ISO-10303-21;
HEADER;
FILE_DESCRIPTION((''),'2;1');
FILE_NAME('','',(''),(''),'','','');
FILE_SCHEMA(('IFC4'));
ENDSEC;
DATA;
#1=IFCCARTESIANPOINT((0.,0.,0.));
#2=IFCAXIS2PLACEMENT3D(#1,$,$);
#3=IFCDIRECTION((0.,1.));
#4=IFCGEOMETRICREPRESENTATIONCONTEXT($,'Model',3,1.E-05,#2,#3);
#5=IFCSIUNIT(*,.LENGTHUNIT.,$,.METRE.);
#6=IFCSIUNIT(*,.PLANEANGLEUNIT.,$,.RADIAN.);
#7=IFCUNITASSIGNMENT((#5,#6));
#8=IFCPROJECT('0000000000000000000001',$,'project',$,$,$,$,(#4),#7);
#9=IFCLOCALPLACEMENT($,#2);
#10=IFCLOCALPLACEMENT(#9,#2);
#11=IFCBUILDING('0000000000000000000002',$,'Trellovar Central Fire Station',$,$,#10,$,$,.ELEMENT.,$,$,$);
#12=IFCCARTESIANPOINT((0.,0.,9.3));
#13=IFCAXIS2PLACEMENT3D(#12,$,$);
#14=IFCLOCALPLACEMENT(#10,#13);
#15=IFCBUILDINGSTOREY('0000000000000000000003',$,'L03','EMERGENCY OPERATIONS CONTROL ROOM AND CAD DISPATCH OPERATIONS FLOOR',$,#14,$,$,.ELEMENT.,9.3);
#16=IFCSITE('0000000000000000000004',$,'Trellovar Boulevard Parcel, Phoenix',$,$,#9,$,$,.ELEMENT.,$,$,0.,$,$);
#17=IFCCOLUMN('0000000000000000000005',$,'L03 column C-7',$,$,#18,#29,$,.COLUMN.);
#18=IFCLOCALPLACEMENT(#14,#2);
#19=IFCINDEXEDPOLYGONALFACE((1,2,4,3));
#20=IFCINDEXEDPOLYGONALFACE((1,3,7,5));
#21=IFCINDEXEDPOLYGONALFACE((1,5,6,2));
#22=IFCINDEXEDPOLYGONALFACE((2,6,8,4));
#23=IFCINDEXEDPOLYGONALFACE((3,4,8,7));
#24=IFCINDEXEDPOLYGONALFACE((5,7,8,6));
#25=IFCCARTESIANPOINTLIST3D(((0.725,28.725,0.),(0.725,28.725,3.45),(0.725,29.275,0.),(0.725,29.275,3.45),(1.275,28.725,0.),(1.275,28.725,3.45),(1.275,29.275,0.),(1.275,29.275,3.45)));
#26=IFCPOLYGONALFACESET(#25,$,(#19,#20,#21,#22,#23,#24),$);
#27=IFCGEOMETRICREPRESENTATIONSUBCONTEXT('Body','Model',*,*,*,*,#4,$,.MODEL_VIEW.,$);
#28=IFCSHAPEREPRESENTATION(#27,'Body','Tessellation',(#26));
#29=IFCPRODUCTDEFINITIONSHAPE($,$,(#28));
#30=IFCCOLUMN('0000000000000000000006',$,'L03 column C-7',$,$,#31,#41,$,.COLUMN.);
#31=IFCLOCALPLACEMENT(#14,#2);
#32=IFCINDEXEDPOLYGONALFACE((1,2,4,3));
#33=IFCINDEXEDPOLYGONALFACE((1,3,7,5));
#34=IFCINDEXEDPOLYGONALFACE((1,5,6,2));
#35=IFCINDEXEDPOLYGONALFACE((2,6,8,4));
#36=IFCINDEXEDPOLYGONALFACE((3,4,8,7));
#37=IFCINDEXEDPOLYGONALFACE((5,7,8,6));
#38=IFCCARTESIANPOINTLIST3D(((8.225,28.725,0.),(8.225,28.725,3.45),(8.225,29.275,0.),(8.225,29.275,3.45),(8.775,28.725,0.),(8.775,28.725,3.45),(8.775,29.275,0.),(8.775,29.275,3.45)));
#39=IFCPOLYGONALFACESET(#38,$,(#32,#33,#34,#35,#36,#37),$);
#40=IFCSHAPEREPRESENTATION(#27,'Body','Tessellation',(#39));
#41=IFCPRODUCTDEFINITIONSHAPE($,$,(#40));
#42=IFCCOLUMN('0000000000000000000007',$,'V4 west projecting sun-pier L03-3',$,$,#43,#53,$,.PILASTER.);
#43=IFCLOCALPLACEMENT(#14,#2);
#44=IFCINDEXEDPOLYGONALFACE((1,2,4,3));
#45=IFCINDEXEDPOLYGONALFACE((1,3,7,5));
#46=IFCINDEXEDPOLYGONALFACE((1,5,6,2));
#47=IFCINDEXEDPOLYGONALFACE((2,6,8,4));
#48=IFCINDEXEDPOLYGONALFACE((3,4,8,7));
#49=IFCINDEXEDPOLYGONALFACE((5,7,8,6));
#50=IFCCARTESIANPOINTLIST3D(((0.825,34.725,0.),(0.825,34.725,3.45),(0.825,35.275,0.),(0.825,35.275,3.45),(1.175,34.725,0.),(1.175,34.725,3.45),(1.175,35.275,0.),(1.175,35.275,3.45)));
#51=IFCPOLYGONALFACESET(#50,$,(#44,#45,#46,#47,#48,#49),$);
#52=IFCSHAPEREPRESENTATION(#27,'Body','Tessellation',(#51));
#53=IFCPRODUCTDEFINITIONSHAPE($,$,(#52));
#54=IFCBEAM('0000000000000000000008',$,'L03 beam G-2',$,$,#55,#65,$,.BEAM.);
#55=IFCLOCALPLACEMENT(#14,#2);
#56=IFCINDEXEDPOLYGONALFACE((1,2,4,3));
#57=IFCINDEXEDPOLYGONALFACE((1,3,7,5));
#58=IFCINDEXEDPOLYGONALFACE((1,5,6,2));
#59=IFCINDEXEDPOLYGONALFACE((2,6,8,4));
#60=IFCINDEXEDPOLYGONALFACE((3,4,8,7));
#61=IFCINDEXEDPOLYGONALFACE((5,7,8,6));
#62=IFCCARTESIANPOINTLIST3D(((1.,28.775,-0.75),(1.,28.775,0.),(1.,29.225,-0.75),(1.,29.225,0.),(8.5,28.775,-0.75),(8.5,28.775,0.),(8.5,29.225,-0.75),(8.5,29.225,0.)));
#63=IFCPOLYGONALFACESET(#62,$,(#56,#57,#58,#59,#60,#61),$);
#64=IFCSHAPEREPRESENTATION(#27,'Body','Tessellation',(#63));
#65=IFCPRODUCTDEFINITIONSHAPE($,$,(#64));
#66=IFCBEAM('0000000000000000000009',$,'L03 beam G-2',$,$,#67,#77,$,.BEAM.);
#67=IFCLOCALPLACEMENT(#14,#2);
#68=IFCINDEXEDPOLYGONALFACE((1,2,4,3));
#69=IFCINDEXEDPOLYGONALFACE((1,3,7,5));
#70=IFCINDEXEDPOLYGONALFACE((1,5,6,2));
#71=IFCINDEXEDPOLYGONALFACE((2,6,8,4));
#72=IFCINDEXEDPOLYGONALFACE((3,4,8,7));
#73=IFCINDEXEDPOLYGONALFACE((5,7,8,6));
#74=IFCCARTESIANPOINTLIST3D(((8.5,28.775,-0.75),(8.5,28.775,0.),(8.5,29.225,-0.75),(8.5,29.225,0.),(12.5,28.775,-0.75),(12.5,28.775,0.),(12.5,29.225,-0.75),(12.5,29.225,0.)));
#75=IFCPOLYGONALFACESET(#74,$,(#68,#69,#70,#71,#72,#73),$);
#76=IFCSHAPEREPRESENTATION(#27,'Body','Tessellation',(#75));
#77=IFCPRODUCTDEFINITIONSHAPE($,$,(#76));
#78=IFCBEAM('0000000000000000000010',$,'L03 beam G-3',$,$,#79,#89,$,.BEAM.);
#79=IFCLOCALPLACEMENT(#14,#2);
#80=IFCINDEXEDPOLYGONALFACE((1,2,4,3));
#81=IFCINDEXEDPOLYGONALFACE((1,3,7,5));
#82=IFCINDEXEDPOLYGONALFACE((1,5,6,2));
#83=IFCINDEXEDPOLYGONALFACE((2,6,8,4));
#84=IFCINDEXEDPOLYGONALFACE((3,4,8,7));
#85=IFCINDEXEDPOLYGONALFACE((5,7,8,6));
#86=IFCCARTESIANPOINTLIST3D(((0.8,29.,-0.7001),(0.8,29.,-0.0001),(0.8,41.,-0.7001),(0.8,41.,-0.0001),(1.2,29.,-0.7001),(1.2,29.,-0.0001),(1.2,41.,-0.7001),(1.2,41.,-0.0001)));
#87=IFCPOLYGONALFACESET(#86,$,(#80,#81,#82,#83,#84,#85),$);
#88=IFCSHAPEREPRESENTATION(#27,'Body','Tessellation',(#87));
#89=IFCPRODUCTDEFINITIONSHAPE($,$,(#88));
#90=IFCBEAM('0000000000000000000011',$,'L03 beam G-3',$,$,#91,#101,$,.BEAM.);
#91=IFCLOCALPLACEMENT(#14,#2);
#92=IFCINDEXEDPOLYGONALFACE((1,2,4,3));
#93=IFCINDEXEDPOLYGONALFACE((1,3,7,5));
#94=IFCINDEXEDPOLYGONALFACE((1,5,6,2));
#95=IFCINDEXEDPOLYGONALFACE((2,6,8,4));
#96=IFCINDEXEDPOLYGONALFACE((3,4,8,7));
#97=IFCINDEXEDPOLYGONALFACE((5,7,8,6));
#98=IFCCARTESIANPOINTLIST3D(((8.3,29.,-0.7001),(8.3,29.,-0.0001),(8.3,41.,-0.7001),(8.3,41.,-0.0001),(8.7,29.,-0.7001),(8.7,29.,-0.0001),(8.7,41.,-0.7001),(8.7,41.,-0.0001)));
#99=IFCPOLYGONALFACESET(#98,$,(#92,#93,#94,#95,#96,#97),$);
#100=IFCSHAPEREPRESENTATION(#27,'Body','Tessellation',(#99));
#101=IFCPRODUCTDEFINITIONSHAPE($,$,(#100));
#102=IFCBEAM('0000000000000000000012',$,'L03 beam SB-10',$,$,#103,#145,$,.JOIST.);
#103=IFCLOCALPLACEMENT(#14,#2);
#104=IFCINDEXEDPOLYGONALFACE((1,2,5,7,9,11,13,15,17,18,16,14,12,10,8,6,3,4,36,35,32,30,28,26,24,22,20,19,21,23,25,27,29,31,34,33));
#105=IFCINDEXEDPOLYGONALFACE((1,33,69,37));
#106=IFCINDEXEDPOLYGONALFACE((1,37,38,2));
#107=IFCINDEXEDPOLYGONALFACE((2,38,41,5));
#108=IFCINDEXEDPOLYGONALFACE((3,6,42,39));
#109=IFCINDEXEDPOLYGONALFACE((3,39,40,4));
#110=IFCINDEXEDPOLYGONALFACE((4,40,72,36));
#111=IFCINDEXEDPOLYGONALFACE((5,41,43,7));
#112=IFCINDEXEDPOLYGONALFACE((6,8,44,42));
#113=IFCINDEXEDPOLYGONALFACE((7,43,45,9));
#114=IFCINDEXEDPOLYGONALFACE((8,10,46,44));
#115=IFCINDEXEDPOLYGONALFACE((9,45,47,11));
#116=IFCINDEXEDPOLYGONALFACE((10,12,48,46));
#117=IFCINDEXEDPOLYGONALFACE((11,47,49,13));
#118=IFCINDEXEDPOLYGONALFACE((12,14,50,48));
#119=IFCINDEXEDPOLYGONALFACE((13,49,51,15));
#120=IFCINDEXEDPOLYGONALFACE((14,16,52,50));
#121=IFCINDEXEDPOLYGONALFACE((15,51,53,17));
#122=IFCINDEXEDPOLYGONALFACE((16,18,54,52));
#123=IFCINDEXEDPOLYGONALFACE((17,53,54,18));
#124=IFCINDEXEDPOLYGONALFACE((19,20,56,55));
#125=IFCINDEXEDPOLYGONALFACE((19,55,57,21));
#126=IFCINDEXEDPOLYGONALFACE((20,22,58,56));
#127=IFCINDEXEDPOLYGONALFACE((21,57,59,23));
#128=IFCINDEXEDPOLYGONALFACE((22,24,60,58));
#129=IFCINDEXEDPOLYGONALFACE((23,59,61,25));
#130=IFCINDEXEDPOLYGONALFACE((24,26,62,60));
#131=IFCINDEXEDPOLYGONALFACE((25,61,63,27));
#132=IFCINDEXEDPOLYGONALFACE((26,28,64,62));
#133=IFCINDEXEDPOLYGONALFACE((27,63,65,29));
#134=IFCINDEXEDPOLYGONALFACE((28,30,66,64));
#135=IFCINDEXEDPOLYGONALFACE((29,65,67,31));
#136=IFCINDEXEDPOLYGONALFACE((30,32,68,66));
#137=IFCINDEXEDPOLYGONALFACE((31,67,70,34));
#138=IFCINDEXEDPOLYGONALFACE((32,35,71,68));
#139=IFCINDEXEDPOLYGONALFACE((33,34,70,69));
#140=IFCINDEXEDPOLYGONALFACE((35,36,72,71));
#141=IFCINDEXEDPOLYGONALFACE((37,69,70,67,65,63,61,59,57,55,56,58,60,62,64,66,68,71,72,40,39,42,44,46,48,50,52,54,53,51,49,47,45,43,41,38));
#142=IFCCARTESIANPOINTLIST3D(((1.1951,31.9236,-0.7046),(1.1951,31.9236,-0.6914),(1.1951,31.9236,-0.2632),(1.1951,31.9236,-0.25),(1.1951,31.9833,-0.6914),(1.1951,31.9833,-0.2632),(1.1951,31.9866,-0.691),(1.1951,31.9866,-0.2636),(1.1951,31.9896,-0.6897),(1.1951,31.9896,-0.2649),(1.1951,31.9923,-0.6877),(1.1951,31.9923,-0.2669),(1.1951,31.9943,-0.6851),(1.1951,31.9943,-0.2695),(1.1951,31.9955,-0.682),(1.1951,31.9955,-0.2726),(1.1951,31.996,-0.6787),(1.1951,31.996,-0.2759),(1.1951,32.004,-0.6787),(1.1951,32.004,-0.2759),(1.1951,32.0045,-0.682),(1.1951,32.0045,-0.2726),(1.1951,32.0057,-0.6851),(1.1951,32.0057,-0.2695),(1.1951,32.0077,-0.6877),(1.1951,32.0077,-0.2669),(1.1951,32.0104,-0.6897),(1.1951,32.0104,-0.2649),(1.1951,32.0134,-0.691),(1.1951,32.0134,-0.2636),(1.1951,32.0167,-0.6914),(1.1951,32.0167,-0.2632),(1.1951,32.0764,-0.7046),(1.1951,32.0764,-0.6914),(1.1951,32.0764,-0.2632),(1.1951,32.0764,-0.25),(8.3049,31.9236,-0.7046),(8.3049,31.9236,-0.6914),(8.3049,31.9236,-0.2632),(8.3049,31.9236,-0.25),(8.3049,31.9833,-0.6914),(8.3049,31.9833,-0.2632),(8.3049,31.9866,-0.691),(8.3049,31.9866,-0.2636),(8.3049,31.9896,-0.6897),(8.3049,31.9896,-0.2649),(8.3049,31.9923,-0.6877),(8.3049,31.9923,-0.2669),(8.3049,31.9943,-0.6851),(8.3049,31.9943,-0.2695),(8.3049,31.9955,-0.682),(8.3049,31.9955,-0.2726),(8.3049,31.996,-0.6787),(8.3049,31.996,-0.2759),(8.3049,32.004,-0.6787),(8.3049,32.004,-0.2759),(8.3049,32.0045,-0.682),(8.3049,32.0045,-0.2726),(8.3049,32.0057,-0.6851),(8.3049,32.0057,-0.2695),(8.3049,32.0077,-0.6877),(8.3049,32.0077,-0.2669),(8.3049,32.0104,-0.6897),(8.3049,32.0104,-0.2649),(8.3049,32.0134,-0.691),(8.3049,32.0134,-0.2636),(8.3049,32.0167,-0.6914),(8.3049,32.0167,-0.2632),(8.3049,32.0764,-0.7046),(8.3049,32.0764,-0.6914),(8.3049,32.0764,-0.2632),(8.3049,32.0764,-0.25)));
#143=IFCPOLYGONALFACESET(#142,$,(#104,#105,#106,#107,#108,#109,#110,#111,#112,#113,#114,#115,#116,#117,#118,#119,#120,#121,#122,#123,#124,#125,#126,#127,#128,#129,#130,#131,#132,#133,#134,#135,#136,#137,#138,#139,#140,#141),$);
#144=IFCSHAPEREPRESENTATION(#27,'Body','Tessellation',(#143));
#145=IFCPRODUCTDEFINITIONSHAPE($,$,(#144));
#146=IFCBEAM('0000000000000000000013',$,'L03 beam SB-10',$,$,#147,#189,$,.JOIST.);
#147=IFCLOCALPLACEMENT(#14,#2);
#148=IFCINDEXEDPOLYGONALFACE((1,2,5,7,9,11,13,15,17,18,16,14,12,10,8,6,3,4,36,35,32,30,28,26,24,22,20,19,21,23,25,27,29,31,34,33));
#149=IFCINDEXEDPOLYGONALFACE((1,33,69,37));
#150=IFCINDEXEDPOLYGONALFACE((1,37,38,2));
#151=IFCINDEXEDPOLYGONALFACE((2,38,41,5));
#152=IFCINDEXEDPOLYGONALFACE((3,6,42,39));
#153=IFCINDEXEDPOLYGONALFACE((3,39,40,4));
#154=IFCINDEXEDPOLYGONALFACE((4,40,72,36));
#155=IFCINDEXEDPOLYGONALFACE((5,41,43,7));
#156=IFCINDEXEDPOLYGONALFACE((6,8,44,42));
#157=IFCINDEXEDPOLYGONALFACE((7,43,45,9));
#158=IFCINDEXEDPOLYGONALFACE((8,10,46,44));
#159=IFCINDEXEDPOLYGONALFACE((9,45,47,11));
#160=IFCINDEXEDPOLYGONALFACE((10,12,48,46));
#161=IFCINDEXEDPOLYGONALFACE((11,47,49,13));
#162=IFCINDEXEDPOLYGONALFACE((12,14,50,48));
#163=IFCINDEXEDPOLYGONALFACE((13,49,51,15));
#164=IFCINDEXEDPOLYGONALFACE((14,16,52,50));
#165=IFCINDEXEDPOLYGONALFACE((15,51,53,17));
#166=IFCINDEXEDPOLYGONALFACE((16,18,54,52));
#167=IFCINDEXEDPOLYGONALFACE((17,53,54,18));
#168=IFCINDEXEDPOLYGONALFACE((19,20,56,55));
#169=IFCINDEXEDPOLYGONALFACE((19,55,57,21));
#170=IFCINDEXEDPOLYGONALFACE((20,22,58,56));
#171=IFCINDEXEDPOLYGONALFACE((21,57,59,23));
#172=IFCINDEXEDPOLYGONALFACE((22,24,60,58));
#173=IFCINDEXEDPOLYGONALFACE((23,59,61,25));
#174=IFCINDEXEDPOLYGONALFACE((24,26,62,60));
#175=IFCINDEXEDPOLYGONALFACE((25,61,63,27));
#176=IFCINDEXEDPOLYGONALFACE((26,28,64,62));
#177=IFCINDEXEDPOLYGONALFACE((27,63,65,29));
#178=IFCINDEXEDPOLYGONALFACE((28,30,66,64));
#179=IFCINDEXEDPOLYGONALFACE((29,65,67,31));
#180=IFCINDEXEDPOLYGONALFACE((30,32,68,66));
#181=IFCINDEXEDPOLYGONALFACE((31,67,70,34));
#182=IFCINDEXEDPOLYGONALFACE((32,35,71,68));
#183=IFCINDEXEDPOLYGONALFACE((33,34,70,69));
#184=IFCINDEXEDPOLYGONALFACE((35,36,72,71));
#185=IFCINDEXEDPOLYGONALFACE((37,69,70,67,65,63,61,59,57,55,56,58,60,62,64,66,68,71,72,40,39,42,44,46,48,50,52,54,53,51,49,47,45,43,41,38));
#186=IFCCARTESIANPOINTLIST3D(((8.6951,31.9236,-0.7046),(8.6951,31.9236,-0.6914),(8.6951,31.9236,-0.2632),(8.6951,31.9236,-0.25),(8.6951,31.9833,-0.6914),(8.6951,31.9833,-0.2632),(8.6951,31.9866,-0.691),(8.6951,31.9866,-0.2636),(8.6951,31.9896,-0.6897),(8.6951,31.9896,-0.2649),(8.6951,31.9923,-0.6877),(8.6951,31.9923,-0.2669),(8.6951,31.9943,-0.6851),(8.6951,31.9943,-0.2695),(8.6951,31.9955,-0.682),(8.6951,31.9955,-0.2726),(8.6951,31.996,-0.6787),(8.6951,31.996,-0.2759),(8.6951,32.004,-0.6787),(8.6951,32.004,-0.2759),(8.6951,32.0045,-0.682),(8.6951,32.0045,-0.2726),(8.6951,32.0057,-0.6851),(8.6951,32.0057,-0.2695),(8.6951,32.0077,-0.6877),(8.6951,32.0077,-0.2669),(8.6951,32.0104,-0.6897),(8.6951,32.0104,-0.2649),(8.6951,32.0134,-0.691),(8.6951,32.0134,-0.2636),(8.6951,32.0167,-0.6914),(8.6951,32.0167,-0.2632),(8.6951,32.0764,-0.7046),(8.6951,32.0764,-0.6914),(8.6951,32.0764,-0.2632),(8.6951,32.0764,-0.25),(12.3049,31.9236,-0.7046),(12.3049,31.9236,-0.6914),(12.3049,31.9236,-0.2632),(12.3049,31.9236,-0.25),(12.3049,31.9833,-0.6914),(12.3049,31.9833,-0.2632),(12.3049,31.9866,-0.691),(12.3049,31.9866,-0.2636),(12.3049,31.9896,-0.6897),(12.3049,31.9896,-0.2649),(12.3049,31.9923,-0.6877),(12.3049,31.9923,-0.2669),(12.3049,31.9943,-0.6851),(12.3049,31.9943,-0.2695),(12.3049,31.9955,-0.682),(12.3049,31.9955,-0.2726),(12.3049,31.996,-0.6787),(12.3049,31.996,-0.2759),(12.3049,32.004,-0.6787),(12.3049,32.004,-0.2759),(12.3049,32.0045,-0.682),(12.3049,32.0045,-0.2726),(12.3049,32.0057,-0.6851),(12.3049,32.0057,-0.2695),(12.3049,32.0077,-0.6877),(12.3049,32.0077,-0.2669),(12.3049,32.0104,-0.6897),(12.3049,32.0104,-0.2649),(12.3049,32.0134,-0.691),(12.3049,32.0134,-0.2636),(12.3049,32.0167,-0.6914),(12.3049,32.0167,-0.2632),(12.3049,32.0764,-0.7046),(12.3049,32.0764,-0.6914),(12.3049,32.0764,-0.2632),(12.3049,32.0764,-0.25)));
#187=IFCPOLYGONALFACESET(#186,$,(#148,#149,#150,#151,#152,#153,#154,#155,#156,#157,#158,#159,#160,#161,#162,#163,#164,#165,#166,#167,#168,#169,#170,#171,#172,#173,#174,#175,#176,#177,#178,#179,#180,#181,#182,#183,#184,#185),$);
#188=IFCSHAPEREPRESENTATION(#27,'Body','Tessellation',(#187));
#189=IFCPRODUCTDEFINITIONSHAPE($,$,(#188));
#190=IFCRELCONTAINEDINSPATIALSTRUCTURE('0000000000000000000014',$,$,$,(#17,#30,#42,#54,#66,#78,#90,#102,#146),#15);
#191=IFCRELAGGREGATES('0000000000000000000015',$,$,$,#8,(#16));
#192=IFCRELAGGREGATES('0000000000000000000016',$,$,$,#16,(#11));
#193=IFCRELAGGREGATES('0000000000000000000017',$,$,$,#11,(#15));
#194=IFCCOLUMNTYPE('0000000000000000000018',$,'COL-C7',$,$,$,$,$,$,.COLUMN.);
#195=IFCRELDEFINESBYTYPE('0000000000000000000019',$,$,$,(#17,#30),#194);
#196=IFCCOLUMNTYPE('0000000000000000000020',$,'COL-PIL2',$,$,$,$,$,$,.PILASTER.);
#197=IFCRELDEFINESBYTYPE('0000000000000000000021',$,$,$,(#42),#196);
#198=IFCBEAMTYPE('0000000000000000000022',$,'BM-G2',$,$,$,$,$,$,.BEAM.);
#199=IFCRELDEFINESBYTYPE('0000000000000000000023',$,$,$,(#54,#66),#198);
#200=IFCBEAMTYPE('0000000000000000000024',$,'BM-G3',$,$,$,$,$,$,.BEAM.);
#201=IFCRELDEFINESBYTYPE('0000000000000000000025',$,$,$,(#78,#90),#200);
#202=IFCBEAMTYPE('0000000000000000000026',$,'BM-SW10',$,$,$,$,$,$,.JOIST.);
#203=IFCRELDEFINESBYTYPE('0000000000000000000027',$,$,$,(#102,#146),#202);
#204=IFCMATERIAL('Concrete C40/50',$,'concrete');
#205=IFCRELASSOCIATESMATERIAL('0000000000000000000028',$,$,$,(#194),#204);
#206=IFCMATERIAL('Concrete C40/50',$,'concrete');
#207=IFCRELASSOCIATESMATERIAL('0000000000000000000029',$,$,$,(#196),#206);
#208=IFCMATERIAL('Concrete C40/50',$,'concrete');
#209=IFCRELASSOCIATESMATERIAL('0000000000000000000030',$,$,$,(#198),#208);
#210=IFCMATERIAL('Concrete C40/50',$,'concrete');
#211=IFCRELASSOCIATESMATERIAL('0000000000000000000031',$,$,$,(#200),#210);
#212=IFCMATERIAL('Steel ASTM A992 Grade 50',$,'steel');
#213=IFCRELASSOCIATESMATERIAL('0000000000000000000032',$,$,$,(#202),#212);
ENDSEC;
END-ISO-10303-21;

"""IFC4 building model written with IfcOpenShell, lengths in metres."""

from ifc_helpers import new_model, si_unit, direction, frame, origin, origin_2d, place, context, subcontext, project, spatial, rectangle, i_section, extrude, material, material_profile, profile_set, type_object, element, save


model = new_model("IFC4")

# Units and contexts
model_context = context("Model", 3, precision=1e-05, world=origin(), true_north=direction((0.0, 1.0)))
body_context = subcontext(model_context, "Body", "Model", "MODEL_VIEW")
ifc_project = project(units=[si_unit("LENGTHUNIT", "METRE"), si_unit("PLANEANGLEUNIT", "RADIAN")], contexts=[model_context])

# Site, building, storey
site_placement = place(None, origin())
site = spatial("IfcSite", under=ifc_project, at=site_placement, Name="Trellovar Boulevard Parcel, Phoenix", CompositionType="ELEMENT", RefElevation=0.0)
building_placement = place(site_placement, origin())
building = spatial("IfcBuilding", under=site, at=building_placement, Name="Trellovar Central Fire Station", CompositionType="ELEMENT")
storey_placement = place(building_placement, frame((0.0, 0.0, 9.3)))
storey = spatial("IfcBuildingStorey", under=building, at=storey_placement, Name="L03", Description="EMERGENCY OPERATIONS CONTROL ROOM AND CAD DISPATCH OPERATIONS FLOOR", CompositionType="ELEMENT", Elevation=9.3)

# Columns
ifc_material_1 = material(Name="Concrete C40/50", Category="concrete")
ifc_material_profile_1 = material_profile(ifc_material_1, rectangle(XDim=0.55, YDim=0.55, at=origin_2d()), Name="RC550X550")
ifc_profile_set_1 = profile_set([ifc_material_profile_1], Name="Concrete C40/50")
column_type_1 = type_object("IfcColumnType", Name="COL-C7", PredefinedType="COLUMN", material=ifc_profile_set_1)
for number, where, z_axis, x_axis, name in (
    (1, (1.0, 29.0, 0.0), (0.0, 0.0, 1.0), (1.0, 0.0, 0.0), "L03 column C-7"),
    (2, (8.5, 29.0, 0.0), (0.0, 0.0, 1.0), (1.0, 0.0, 0.0), "L03 column C-7"),
):
    element("IfcColumn", number, at=place(storey_placement, frame(where, z_axis=z_axis, x_axis=x_axis)), inside=storey, type_object=column_type_1, Name=name, PredefinedType="COLUMN", context=body_context, shape_type="SweptSolid", body=[
        extrude(rectangle(XDim=0.55, YDim=0.55, at=origin_2d()), origin(), (0.0, 0.0, 1.0), 3.45),
    ])
ifc_material_2 = material(Name="Concrete C40/50", Category="concrete")
ifc_material_profile_2 = material_profile(ifc_material_2, rectangle(XDim=0.3501, YDim=0.55, at=origin_2d()), Name="RC350X550")
ifc_profile_set_2 = profile_set([ifc_material_profile_2], Name="Concrete C40/50")
column_type_2 = type_object("IfcColumnType", Name="COL-PIL2", PredefinedType="PILASTER", material=ifc_profile_set_2)
column_placement = place(storey_placement, frame((1.0, 35.0, 0.0), z_axis=(0.0, 0.0, 1.0), x_axis=(1.0, 0.0, 0.0)))
element("IfcColumn", 3, at=column_placement, inside=storey, type_object=column_type_2, Name="V4 west projecting sun-pier L03-3", PredefinedType="PILASTER", context=body_context, shape_type="SweptSolid", body=[
    extrude(rectangle(XDim=0.3501, YDim=0.55, at=origin_2d()), origin(), (0.0, 0.0, 1.0), 3.45),
])

# Beams
ifc_material_3 = material(Name="Concrete C40/50", Category="concrete")
ifc_material_profile_3 = material_profile(ifc_material_3, rectangle(XDim=0.45, YDim=0.75, at=origin_2d()), Name="RC450X750")
ifc_profile_set_3 = profile_set([ifc_material_profile_3], Name="Concrete C40/50")
beam_type_1 = type_object("IfcBeamType", Name="BM-G2", PredefinedType="BEAM", material=ifc_profile_set_3)
beam_1_placement = place(storey_placement, frame((1.0, 29.0, -0.375), z_axis=(1.0, 0.0, 0.0), x_axis=(0.0, 1.0, 0.0)))
element("IfcBeam", 4, at=beam_1_placement, inside=storey, type_object=beam_type_1, Name="L03 beam G-2", PredefinedType="BEAM", context=body_context, shape_type="SweptSolid", body=[
    extrude(rectangle(XDim=0.45, YDim=0.75, at=origin_2d()), origin(), (0.0, 0.0, 1.0), 7.5),
])
beam_2_placement = place(storey_placement, frame((8.5, 29.0, -0.375), z_axis=(1.0, 0.0, 0.0), x_axis=(0.0, 1.0, 0.0)))
element("IfcBeam", 5, at=beam_2_placement, inside=storey, type_object=beam_type_1, Name="L03 beam G-2", PredefinedType="BEAM", context=body_context, shape_type="SweptSolid", body=[
    extrude(rectangle(XDim=0.45, YDim=0.75, at=origin_2d()), origin(), (0.0, 0.0, 1.0), 4.0),
])
ifc_material_4 = material(Name="Concrete C40/50", Category="concrete")
ifc_material_profile_4 = material_profile(ifc_material_4, rectangle(XDim=0.3999, YDim=0.7, at=origin_2d()), Name="RC400X700")
ifc_profile_set_4 = profile_set([ifc_material_profile_4], Name="Concrete C40/50")
beam_type_2 = type_object("IfcBeamType", Name="BM-G3", PredefinedType="BEAM", material=ifc_profile_set_4)
for number, where, z_axis, x_axis, name in (
    (6, (1.0, 29.0, -0.3501), (0.0, 1.0, 0.0), (-1.0, 0.0, 0.0), "L03 beam G-3"),
    (7, (8.5, 29.0, -0.3501), (0.0, 1.0, 0.0), (-1.0, 0.0, 0.0), "L03 beam G-3"),
):
    element("IfcBeam", number, at=place(storey_placement, frame(where, z_axis=z_axis, x_axis=x_axis)), inside=storey, type_object=beam_type_2, Name=name, PredefinedType="BEAM", context=body_context, shape_type="SweptSolid", body=[
        extrude(rectangle(XDim=0.3999, YDim=0.7, at=origin_2d()), origin(), (0.0, 0.0, 1.0), 12.0),
    ])
ifc_material_5 = material(Name="Steel ASTM A992 Grade 50", Category="steel")
ifc_material_profile_5 = material_profile(ifc_material_5, i_section(OverallWidth=0.1528, OverallDepth=0.4546, WebThickness=0.0081, FlangeThickness=0.0132, FilletRadius=0.0127, at=origin_2d()), Name="W18X40")
ifc_profile_set_5 = profile_set([ifc_material_profile_5], Name="Steel ASTM A992 Grade 50")
beam_type_3 = type_object("IfcBeamType", Name="BM-SW10", PredefinedType="JOIST", material=ifc_profile_set_5)
beam_3_placement = place(storey_placement, frame((1.1951, 32.0, -0.4773), z_axis=(1.0, 0.0, 0.0), x_axis=(0.0, 1.0, 0.0)))
element("IfcBeam", 8, at=beam_3_placement, inside=storey, type_object=beam_type_3, Name="L03 beam SB-10", PredefinedType="JOIST", context=body_context, shape_type="SweptSolid", body=[
    extrude(i_section(OverallWidth=0.1528, OverallDepth=0.4546, WebThickness=0.0081, FlangeThickness=0.0132, FilletRadius=0.0127, at=origin_2d()), origin(), (0.0, 0.0, 1.0), 7.1099),
])
beam_4_placement = place(storey_placement, frame((8.6951, 32.0, -0.4773), z_axis=(1.0, 0.0, 0.0), x_axis=(0.0, 1.0, 0.0)))
element("IfcBeam", 9, at=beam_4_placement, inside=storey, type_object=beam_type_3, Name="L03 beam SB-10", PredefinedType="JOIST", context=body_context, shape_type="SweptSolid", body=[
    extrude(i_section(OverallWidth=0.1528, OverallDepth=0.4546, WebThickness=0.0081, FlangeThickness=0.0132, FilletRadius=0.0127, at=origin_2d()), origin(), (0.0, 0.0, 1.0), 3.6099),
])

save(model, "model.ifc")
